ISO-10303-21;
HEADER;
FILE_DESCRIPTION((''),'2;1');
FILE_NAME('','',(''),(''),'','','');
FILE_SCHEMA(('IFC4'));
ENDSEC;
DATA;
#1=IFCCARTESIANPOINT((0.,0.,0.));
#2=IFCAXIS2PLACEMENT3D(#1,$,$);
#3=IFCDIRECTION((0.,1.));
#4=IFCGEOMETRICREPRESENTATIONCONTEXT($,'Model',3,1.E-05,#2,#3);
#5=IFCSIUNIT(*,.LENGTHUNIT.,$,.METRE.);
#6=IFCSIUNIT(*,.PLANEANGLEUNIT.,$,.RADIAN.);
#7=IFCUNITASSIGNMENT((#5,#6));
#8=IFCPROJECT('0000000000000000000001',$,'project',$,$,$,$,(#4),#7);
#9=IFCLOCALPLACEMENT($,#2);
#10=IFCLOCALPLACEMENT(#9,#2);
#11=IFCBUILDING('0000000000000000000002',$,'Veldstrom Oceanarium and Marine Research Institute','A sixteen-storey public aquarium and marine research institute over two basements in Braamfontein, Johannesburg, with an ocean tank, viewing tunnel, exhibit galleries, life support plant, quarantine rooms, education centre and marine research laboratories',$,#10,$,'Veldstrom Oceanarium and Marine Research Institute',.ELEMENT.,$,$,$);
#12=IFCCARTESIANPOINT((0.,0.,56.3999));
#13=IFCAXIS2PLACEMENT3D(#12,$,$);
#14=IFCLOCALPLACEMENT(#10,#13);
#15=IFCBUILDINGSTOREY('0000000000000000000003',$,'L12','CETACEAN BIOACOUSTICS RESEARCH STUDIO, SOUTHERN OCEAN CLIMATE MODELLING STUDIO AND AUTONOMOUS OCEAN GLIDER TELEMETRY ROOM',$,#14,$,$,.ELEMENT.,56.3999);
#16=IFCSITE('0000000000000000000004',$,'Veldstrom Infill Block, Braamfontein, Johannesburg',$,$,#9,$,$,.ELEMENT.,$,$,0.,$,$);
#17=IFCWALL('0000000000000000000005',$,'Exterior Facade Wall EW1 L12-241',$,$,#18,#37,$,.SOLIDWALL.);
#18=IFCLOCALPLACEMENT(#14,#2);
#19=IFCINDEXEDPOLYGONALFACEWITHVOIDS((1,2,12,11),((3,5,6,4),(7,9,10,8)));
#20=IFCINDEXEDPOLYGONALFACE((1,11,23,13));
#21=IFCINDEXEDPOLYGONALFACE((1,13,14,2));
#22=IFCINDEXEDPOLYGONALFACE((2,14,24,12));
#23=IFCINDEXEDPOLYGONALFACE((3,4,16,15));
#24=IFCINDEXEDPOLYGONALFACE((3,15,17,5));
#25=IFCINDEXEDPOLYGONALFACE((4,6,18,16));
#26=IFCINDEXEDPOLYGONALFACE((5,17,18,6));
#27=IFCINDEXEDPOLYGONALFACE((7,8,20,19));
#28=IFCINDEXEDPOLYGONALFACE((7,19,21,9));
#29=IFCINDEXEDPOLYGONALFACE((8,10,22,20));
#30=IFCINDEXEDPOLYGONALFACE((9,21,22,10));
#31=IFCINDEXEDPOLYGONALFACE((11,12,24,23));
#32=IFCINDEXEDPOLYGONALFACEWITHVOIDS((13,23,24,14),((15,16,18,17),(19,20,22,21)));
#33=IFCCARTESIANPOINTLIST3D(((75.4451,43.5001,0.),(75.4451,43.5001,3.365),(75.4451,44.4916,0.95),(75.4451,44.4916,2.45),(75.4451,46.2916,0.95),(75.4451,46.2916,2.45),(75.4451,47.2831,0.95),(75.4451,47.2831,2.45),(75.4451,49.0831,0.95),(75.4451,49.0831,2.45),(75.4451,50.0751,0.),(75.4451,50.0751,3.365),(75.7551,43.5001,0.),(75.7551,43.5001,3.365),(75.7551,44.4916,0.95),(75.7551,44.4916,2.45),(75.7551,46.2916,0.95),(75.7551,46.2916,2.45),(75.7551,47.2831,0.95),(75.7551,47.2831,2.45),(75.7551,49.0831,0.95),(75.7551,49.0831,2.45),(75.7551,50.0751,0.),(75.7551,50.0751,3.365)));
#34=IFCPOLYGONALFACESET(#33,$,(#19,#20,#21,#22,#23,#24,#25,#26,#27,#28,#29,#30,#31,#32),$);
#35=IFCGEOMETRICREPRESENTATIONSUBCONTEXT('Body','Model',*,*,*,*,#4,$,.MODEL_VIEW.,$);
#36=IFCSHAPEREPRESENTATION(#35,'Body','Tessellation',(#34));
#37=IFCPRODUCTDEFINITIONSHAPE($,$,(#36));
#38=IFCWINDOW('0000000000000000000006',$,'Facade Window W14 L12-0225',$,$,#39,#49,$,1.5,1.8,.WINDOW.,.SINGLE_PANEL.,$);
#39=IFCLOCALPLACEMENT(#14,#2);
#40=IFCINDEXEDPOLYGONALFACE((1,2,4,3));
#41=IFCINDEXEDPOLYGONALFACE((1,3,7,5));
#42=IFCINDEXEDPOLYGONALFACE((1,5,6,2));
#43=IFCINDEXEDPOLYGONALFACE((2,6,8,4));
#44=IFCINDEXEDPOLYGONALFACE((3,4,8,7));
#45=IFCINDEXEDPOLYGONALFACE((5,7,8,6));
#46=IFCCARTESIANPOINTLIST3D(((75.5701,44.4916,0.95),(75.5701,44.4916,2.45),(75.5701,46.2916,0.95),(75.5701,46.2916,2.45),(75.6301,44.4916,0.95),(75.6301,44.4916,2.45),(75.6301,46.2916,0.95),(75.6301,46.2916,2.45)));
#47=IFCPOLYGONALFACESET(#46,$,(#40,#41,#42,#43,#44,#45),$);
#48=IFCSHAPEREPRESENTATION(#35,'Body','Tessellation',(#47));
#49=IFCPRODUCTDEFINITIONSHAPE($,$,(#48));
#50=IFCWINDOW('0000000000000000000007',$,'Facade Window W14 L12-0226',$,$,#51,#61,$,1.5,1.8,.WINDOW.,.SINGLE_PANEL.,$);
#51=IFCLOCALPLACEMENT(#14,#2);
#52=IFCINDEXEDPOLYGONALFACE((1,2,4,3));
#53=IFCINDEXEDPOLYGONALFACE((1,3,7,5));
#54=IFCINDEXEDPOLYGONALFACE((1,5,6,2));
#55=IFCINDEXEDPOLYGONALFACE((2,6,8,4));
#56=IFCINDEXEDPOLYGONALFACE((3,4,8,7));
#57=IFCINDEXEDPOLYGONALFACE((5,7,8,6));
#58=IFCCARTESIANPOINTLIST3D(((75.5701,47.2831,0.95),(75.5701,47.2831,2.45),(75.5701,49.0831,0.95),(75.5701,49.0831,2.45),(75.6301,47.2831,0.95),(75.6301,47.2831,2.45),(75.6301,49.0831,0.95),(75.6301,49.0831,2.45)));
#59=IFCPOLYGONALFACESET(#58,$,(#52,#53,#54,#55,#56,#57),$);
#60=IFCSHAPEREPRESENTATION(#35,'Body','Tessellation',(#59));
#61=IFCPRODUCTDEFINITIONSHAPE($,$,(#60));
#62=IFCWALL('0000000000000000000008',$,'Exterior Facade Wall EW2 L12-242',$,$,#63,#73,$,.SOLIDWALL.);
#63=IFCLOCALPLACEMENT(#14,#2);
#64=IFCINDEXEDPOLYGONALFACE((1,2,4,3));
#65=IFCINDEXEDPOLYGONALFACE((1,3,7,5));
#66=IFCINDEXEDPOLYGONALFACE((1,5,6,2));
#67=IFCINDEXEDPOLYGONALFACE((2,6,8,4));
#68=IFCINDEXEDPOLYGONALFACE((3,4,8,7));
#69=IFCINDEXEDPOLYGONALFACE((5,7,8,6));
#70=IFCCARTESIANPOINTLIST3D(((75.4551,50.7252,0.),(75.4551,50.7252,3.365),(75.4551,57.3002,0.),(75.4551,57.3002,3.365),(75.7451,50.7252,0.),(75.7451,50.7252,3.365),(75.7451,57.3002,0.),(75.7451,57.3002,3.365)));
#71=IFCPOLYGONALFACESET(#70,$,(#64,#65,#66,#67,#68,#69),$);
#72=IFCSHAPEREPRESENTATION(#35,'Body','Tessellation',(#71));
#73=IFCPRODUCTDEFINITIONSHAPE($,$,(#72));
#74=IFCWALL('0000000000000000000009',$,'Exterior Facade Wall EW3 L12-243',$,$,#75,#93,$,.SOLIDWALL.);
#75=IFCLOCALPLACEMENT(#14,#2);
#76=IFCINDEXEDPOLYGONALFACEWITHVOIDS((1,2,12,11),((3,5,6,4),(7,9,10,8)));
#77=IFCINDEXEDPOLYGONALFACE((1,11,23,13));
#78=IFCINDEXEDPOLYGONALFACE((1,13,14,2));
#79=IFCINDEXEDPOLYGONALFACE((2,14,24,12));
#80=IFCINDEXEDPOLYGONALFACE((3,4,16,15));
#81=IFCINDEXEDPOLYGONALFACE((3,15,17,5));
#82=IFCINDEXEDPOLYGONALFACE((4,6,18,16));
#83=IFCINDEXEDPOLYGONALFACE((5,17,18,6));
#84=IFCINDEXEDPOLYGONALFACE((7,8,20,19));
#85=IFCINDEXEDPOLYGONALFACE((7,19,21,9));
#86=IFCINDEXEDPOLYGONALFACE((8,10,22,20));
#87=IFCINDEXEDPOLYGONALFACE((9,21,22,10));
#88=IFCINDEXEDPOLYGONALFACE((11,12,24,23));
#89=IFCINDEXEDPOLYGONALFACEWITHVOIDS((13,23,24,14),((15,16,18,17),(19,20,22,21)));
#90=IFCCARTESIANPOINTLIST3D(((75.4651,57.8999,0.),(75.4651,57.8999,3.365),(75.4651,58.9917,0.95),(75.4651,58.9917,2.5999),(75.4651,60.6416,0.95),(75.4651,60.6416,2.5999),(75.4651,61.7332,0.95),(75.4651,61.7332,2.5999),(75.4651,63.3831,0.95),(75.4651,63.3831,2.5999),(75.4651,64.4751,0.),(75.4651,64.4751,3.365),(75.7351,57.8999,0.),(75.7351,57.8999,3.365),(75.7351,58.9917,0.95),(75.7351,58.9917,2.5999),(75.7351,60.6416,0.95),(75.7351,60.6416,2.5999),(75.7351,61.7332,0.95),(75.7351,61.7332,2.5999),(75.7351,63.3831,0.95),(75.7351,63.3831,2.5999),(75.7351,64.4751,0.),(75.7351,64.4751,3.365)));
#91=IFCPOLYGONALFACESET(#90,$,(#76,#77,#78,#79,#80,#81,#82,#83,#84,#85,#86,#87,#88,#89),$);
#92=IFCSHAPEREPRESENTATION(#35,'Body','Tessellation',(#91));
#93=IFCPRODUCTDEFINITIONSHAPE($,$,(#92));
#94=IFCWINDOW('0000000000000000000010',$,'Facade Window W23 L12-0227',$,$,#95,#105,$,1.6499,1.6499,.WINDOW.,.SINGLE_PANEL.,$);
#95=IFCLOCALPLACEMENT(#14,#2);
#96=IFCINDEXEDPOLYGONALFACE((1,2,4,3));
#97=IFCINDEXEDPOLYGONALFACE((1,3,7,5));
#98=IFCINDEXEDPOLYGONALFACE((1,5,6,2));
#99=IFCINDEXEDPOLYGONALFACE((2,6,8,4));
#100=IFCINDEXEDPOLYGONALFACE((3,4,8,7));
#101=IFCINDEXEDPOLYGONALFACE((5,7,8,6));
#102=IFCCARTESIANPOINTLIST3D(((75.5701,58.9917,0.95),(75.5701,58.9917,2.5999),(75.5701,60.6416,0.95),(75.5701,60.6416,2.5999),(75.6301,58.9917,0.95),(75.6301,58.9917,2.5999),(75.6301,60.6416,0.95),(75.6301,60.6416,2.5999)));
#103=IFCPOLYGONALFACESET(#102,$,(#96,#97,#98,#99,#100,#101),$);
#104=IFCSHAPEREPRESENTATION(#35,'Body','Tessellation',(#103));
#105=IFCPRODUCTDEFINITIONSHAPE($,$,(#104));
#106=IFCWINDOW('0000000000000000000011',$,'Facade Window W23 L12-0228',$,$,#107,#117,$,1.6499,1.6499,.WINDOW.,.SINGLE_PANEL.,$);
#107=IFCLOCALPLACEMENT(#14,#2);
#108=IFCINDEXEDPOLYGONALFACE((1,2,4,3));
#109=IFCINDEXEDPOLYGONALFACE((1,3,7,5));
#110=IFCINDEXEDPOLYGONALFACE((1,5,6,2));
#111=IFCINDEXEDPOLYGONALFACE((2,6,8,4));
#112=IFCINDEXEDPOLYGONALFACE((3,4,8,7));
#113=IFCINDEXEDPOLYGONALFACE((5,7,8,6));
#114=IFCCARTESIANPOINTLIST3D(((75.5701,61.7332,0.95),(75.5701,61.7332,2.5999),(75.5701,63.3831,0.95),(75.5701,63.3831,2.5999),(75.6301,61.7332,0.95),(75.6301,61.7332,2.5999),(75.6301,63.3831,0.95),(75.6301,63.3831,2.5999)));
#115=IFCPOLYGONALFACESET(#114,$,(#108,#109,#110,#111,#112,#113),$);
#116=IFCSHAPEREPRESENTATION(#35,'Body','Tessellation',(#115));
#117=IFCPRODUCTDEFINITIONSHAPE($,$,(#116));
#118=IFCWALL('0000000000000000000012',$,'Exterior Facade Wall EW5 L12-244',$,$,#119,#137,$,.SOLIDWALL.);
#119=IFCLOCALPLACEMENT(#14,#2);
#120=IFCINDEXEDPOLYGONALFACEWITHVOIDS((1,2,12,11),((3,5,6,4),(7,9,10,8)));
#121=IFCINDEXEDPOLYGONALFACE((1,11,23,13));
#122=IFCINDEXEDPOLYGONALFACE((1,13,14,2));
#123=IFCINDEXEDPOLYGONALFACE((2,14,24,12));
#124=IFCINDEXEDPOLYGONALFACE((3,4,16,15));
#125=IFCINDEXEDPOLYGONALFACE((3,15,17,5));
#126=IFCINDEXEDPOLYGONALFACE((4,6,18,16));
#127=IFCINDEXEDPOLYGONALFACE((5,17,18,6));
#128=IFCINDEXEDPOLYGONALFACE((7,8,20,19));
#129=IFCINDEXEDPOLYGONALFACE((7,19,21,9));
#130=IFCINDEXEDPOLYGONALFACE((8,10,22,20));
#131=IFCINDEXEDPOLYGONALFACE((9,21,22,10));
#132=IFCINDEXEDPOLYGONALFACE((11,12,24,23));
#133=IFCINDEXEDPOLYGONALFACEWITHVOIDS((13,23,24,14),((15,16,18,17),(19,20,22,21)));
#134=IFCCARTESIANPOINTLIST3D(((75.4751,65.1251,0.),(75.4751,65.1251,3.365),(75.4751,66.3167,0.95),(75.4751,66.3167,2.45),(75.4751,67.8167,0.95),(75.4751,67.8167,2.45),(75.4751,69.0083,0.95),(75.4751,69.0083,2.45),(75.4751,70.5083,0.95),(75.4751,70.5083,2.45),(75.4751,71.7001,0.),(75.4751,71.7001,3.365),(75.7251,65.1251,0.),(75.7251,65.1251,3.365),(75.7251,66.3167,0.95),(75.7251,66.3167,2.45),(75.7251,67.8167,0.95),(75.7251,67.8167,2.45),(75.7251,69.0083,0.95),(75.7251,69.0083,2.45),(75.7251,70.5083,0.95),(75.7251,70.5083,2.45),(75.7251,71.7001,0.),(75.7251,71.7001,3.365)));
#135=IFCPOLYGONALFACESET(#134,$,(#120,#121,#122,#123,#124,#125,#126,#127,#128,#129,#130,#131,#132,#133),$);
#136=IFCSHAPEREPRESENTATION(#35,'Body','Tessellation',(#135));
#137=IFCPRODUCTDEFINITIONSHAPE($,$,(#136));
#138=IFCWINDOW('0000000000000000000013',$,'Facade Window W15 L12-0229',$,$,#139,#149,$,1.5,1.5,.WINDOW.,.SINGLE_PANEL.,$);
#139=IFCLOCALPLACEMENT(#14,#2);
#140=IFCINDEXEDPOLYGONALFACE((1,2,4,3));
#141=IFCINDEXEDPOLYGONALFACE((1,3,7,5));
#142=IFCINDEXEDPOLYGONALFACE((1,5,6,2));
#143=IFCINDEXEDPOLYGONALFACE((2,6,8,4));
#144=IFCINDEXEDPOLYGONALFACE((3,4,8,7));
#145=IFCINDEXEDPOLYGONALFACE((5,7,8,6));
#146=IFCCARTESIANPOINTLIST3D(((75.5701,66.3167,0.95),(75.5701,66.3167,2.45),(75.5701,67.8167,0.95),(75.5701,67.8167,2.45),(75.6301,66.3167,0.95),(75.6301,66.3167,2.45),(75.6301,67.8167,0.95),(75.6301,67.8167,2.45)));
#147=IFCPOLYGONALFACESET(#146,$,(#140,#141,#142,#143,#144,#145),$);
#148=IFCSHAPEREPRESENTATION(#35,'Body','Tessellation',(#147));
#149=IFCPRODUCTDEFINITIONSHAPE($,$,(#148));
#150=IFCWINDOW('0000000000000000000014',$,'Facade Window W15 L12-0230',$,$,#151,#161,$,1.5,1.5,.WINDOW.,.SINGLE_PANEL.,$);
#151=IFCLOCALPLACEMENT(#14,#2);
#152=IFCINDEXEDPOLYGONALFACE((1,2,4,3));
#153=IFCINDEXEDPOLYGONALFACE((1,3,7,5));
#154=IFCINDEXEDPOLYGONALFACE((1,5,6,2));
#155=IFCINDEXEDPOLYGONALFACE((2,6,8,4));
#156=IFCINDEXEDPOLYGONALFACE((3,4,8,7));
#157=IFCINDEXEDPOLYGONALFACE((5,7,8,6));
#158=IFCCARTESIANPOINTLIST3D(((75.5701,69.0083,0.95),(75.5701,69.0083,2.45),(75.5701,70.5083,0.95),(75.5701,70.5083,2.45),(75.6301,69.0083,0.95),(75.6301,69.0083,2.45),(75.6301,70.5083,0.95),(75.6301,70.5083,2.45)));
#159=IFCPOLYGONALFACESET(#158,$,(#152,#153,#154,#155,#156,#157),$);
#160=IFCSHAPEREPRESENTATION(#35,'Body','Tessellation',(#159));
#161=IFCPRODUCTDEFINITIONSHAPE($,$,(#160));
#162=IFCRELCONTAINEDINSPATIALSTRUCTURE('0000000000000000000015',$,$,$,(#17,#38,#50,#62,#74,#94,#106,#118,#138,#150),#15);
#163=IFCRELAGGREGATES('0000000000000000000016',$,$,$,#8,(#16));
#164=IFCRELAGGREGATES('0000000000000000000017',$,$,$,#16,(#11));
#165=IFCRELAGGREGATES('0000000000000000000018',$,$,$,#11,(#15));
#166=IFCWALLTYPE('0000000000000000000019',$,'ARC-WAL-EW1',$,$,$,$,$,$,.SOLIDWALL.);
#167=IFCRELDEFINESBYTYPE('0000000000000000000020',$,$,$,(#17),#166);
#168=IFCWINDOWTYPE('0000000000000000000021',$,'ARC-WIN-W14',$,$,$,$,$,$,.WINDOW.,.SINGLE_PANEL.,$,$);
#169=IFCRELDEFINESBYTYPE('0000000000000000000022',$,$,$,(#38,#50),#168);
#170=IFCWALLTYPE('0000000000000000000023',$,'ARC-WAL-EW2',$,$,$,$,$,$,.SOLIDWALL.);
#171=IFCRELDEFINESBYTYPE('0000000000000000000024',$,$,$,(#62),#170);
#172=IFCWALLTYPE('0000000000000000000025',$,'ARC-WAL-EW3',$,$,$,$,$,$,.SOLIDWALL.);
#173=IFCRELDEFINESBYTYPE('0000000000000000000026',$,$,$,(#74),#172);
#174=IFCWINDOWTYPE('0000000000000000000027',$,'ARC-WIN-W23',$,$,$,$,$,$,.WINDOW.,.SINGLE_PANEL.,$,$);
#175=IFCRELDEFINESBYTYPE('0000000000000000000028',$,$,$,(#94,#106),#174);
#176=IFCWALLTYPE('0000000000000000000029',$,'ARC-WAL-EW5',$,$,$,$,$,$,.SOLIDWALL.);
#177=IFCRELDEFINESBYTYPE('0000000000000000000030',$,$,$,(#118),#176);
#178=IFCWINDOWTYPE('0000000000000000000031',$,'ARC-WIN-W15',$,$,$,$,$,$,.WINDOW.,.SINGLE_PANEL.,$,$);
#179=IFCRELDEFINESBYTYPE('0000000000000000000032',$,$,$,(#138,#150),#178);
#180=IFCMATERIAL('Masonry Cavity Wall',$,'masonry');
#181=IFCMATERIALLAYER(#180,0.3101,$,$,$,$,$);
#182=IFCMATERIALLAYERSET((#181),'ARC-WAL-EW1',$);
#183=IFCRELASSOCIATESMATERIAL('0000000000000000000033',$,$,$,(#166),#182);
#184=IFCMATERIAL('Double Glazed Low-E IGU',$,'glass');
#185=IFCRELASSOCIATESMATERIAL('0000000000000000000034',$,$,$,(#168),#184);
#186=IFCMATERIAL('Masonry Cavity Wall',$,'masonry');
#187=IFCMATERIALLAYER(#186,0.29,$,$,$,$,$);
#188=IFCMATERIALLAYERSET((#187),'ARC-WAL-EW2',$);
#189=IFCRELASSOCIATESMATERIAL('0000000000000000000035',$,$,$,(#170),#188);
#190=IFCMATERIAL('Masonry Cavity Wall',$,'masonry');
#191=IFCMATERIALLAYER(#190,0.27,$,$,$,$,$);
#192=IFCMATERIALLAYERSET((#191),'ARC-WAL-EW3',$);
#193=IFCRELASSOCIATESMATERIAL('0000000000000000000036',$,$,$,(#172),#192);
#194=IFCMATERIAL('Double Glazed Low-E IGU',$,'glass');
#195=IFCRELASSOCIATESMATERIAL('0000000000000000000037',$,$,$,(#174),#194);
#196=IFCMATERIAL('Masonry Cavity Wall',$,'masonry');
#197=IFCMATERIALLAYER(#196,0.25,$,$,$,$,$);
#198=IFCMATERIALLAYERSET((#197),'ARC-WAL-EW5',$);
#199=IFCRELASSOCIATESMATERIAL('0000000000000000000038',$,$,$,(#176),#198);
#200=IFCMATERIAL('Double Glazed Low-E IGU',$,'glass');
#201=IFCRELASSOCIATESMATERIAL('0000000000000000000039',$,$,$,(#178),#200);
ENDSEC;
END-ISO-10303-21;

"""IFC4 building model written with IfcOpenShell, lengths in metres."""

from ifc_helpers import new_model, si_unit, direction, frame, frame_2d, origin, place, context, subcontext, project, spatial, rectangle, extrude, material, layer, layer_set, type_object, element, fill, save


model = new_model("IFC4")

# Units and contexts
model_context = context("Model", 3, precision=1e-05, world=origin(), true_north=direction((0.0, 1.0)))
body_context = subcontext(model_context, "Body", "Model", "MODEL_VIEW")
ifc_project = project(units=[si_unit("LENGTHUNIT", "METRE"), si_unit("PLANEANGLEUNIT", "RADIAN")], contexts=[model_context])

# Site, building, storey
site_placement = place(None, origin())
site = spatial("IfcSite", under=ifc_project, at=site_placement, Name="Veldstrom Infill Block, Braamfontein, Johannesburg", CompositionType="ELEMENT", RefElevation=0.0)
building_placement = place(site_placement, origin())
building = spatial("IfcBuilding", under=site, at=building_placement, Name="Veldstrom Oceanarium and Marine Research Institute", Description="A sixteen-storey public aquarium and marine research institute over two basements in Braamfontein, Johannesburg, with an ocean tank, viewing tunnel, exhibit galleries, life support plant, quarantine rooms, education centre and marine research laboratories", LongName="Veldstrom Oceanarium and Marine Research Institute", CompositionType="ELEMENT")
storey_placement = place(building_placement, frame((0.0, 0.0, 56.3999)))
storey = spatial("IfcBuildingStorey", under=building, at=storey_placement, Name="L12", Description="CETACEAN BIOACOUSTICS RESEARCH STUDIO, SOUTHERN OCEAN CLIMATE MODELLING STUDIO AND AUTONOMOUS OCEAN GLIDER TELEMETRY ROOM", CompositionType="ELEMENT", Elevation=56.3999)

# Wall, openings, windows
ifc_material_1 = material(Name="Masonry Cavity Wall", Category="masonry")
ifc_layer_1 = layer(ifc_material_1, 0.3101)
ifc_layer_set_1 = layer_set([ifc_layer_1], Name="ARC-WAL-EW1")
wall_type_1 = type_object("IfcWallType", Name="ARC-WAL-EW1", PredefinedType="SOLIDWALL", material=ifc_layer_set_1)
wall_1_placement = place(storey_placement, frame((75.6001, 43.5, 0.0), z_axis=(0.0, 0.0, 1.0), x_axis=(0.0, 1.0, 0.0)))
wall_1 = element("IfcWall", 1, at=wall_1_placement, inside=storey, type_object=wall_type_1, Name="Exterior Facade Wall EW1 L12-241", PredefinedType="SOLIDWALL", context=body_context, shape_type="SweptSolid", body=[
    extrude(rectangle(XDim=6.575, YDim=0.3101, at=frame_2d((3.2876, 0.0))), origin(), (0.0, 0.0, 1.0), 3.365),
])
opening_1_placement = place(wall_1_placement, frame((0.9917, 0.0, 0.95)))
opening_1 = element("IfcOpeningElement", 2, at=opening_1_placement, cuts=wall_1, PredefinedType="OPENING", context=body_context, shape_type="SweptSolid", body=[
    extrude(rectangle(XDim=1.8, YDim=1.5, at=frame_2d((0.8999, 0.75))), frame((0.0, 0.165, 0.0), z_axis=(0.0, -1.0, 0.0), x_axis=(1.0, 0.0, 0.0)), (0.0, 0.0, 1.0), 0.3301),
])
opening_2_placement = place(wall_1_placement, frame((3.7832, 0.0, 0.95)))
opening_2 = element("IfcOpeningElement", 3, at=opening_2_placement, cuts=wall_1, PredefinedType="OPENING", context=body_context, shape_type="SweptSolid", body=[
    extrude(rectangle(XDim=1.8, YDim=1.5, at=frame_2d((0.8999, 0.75))), frame((0.0, 0.165, 0.0), z_axis=(0.0, -1.0, 0.0), x_axis=(1.0, 0.0, 0.0)), (0.0, 0.0, 1.0), 0.3301),
])
ifc_material_2 = material(Name="Double Glazed Low-E IGU", Category="glass")
window_type_1 = type_object("IfcWindowType", Name="ARC-WIN-W14", PartitioningType="SINGLE_PANEL", PredefinedType="WINDOW", material=ifc_material_2)
window_1_placement = place(opening_1_placement, origin())
window_1 = element("IfcWindow", 4, at=window_1_placement, inside=storey, type_object=window_type_1, Name="Facade Window W14 L12-0225", OverallHeight=1.5, OverallWidth=1.8, PartitioningType="SINGLE_PANEL", PredefinedType="WINDOW", context=body_context, shape_type="SweptSolid", body=[
    extrude(rectangle(XDim=1.8, YDim=1.5, at=frame_2d((0.8999, 0.75))), frame((0.0, 0.03, 0.0), z_axis=(0.0, -1.0, 0.0), x_axis=(1.0, 0.0, 0.0)), (0.0, 0.0, 1.0), 0.0601),
])
fill(opening_1, window_1)
window_2_placement = place(opening_2_placement, origin())
window_2 = element("IfcWindow", 5, at=window_2_placement, inside=storey, type_object=window_type_1, Name="Facade Window W14 L12-0226", OverallHeight=1.5, OverallWidth=1.8, PartitioningType="SINGLE_PANEL", PredefinedType="WINDOW", context=body_context, shape_type="SweptSolid", body=[
    extrude(rectangle(XDim=1.8, YDim=1.5, at=frame_2d((0.8999, 0.75))), frame((0.0, 0.03, 0.0), z_axis=(0.0, -1.0, 0.0), x_axis=(1.0, 0.0, 0.0)), (0.0, 0.0, 1.0), 0.0601),
])
fill(opening_2, window_2)

# Wall
ifc_material_3 = material(Name="Masonry Cavity Wall", Category="masonry")
ifc_layer_2 = layer(ifc_material_3, 0.29)
ifc_layer_set_2 = layer_set([ifc_layer_2], Name="ARC-WAL-EW2")
wall_type_2 = type_object("IfcWallType", Name="ARC-WAL-EW2", PredefinedType="SOLIDWALL", material=ifc_layer_set_2)
wall_2_placement = place(storey_placement, frame((75.6001, 50.7251, 0.0), z_axis=(0.0, 0.0, 1.0), x_axis=(0.0, 1.0, 0.0)))
element("IfcWall", 6, at=wall_2_placement, inside=storey, type_object=wall_type_2, Name="Exterior Facade Wall EW2 L12-242", PredefinedType="SOLIDWALL", context=body_context, shape_type="SweptSolid", body=[
    extrude(rectangle(XDim=6.575, YDim=0.29, at=frame_2d((3.2876, 0.0))), origin(), (0.0, 0.0, 1.0), 3.365),
])

# Walls, openings, windows
ifc_material_4 = material(Name="Masonry Cavity Wall", Category="masonry")
ifc_layer_3 = layer(ifc_material_4, 0.27)
ifc_layer_set_3 = layer_set([ifc_layer_3], Name="ARC-WAL-EW3")
wall_type_3 = type_object("IfcWallType", Name="ARC-WAL-EW3", PredefinedType="SOLIDWALL", material=ifc_layer_set_3)
wall_3_placement = place(storey_placement, frame((75.6001, 57.8999, 0.0), z_axis=(0.0, 0.0, 1.0), x_axis=(0.0, 1.0, 0.0)))
wall_3 = element("IfcWall", 7, at=wall_3_placement, inside=storey, type_object=wall_type_3, Name="Exterior Facade Wall EW3 L12-243", PredefinedType="SOLIDWALL", context=body_context, shape_type="SweptSolid", body=[
    extrude(rectangle(XDim=6.5752, YDim=0.27, at=frame_2d((3.2876, 0.0))), origin(), (0.0, 0.0, 1.0), 3.365),
])
opening_3_placement = place(wall_3_placement, frame((1.0918, 0.0, 0.95)))
opening_3 = element("IfcOpeningElement", 8, at=opening_3_placement, cuts=wall_3, PredefinedType="OPENING", context=body_context, shape_type="SweptSolid", body=[
    extrude(rectangle(XDim=1.6499, YDim=1.6499, at=frame_2d((0.825, 0.825))), frame((0.0, 0.145, 0.0), z_axis=(0.0, -1.0, 0.0), x_axis=(1.0, 0.0, 0.0)), (0.0, 0.0, 1.0), 0.29),
])
opening_4_placement = place(wall_3_placement, frame((3.8333, 0.0, 0.95)))
opening_4 = element("IfcOpeningElement", 9, at=opening_4_placement, cuts=wall_3, PredefinedType="OPENING", context=body_context, shape_type="SweptSolid", body=[
    extrude(rectangle(XDim=1.6499, YDim=1.6499, at=frame_2d((0.825, 0.825))), frame((0.0, 0.145, 0.0), z_axis=(0.0, -1.0, 0.0), x_axis=(1.0, 0.0, 0.0)), (0.0, 0.0, 1.0), 0.29),
])
ifc_material_5 = material(Name="Double Glazed Low-E IGU", Category="glass")
window_type_2 = type_object("IfcWindowType", Name="ARC-WIN-W23", PartitioningType="SINGLE_PANEL", PredefinedType="WINDOW", material=ifc_material_5)
window_3_placement = place(opening_3_placement, origin())
window_3 = element("IfcWindow", 10, at=window_3_placement, inside=storey, type_object=window_type_2, Name="Facade Window W23 L12-0227", OverallHeight=1.6499, OverallWidth=1.6499, PartitioningType="SINGLE_PANEL", PredefinedType="WINDOW", context=body_context, shape_type="SweptSolid", body=[
    extrude(rectangle(XDim=1.6499, YDim=1.6499, at=frame_2d((0.825, 0.825))), frame((0.0, 0.03, 0.0), z_axis=(0.0, -1.0, 0.0), x_axis=(1.0, 0.0, 0.0)), (0.0, 0.0, 1.0), 0.0601),
])
fill(opening_3, window_3)
window_4_placement = place(opening_4_placement, origin())
window_4 = element("IfcWindow", 11, at=window_4_placement, inside=storey, type_object=window_type_2, Name="Facade Window W23 L12-0228", OverallHeight=1.6499, OverallWidth=1.6499, PartitioningType="SINGLE_PANEL", PredefinedType="WINDOW", context=body_context, shape_type="SweptSolid", body=[
    extrude(rectangle(XDim=1.6499, YDim=1.6499, at=frame_2d((0.825, 0.825))), frame((0.0, 0.03, 0.0), z_axis=(0.0, -1.0, 0.0), x_axis=(1.0, 0.0, 0.0)), (0.0, 0.0, 1.0), 0.0601),
])
fill(opening_4, window_4)
ifc_material_6 = material(Name="Masonry Cavity Wall", Category="masonry")
ifc_layer_4 = layer(ifc_material_6, 0.25)
ifc_layer_set_4 = layer_set([ifc_layer_4], Name="ARC-WAL-EW5")
wall_type_4 = type_object("IfcWallType", Name="ARC-WAL-EW5", PredefinedType="SOLIDWALL", material=ifc_layer_set_4)
wall_4_placement = place(storey_placement, frame((75.6001, 65.125, 0.0), z_axis=(0.0, 0.0, 1.0), x_axis=(0.0, 1.0, 0.0)))
wall_4 = element("IfcWall", 12, at=wall_4_placement, inside=storey, type_object=wall_type_4, Name="Exterior Facade Wall EW5 L12-244", PredefinedType="SOLIDWALL", context=body_context, shape_type="SweptSolid", body=[
    extrude(rectangle(XDim=6.575, YDim=0.25, at=frame_2d((3.2876, 0.0))), origin(), (0.0, 0.0, 1.0), 3.365),
])
opening_5_placement = place(wall_4_placement, frame((1.1917, 0.0, 0.95)))
opening_5 = element("IfcOpeningElement", 13, at=opening_5_placement, cuts=wall_4, PredefinedType="OPENING", context=body_context, shape_type="SweptSolid", body=[
    extrude(rectangle(XDim=1.5, YDim=1.5, at=frame_2d((0.75, 0.75))), frame((0.0, 0.135, 0.0), z_axis=(0.0, -1.0, 0.0), x_axis=(1.0, 0.0, 0.0)), (0.0, 0.0, 1.0), 0.27),
])
opening_6_placement = place(wall_4_placement, frame((3.8833, 0.0, 0.95)))
opening_6 = element("IfcOpeningElement", 14, at=opening_6_placement, cuts=wall_4, PredefinedType="OPENING", context=body_context, shape_type="SweptSolid", body=[
    extrude(rectangle(XDim=1.5, YDim=1.5, at=frame_2d((0.75, 0.75))), frame((0.0, 0.135, 0.0), z_axis=(0.0, -1.0, 0.0), x_axis=(1.0, 0.0, 0.0)), (0.0, 0.0, 1.0), 0.27),
])
ifc_material_7 = material(Name="Double Glazed Low-E IGU", Category="glass")
window_type_3 = type_object("IfcWindowType", Name="ARC-WIN-W15", PartitioningType="SINGLE_PANEL", PredefinedType="WINDOW", material=ifc_material_7)
window_5_placement = place(opening_5_placement, origin())
window_5 = element("IfcWindow", 15, at=window_5_placement, inside=storey, type_object=window_type_3, Name="Facade Window W15 L12-0229", OverallHeight=1.5, OverallWidth=1.5, PartitioningType="SINGLE_PANEL", PredefinedType="WINDOW", context=body_context, shape_type="SweptSolid", body=[
    extrude(rectangle(XDim=1.5, YDim=1.5, at=frame_2d((0.75, 0.75))), frame((0.0, 0.03, 0.0), z_axis=(0.0, -1.0, 0.0), x_axis=(1.0, 0.0, 0.0)), (0.0, 0.0, 1.0), 0.0601),
])
fill(opening_5, window_5)
window_6_placement = place(opening_6_placement, origin())
window_6 = element("IfcWindow", 16, at=window_6_placement, inside=storey, type_object=window_type_3, Name="Facade Window W15 L12-0230", OverallHeight=1.5, OverallWidth=1.5, PartitioningType="SINGLE_PANEL", PredefinedType="WINDOW", context=body_context, shape_type="SweptSolid", body=[
    extrude(rectangle(XDim=1.5, YDim=1.5, at=frame_2d((0.75, 0.75))), frame((0.0, 0.03, 0.0), z_axis=(0.0, -1.0, 0.0), x_axis=(1.0, 0.0, 0.0)), (0.0, 0.0, 1.0), 0.0601),
])
fill(opening_6, window_6)

save(model, "model.ifc")
